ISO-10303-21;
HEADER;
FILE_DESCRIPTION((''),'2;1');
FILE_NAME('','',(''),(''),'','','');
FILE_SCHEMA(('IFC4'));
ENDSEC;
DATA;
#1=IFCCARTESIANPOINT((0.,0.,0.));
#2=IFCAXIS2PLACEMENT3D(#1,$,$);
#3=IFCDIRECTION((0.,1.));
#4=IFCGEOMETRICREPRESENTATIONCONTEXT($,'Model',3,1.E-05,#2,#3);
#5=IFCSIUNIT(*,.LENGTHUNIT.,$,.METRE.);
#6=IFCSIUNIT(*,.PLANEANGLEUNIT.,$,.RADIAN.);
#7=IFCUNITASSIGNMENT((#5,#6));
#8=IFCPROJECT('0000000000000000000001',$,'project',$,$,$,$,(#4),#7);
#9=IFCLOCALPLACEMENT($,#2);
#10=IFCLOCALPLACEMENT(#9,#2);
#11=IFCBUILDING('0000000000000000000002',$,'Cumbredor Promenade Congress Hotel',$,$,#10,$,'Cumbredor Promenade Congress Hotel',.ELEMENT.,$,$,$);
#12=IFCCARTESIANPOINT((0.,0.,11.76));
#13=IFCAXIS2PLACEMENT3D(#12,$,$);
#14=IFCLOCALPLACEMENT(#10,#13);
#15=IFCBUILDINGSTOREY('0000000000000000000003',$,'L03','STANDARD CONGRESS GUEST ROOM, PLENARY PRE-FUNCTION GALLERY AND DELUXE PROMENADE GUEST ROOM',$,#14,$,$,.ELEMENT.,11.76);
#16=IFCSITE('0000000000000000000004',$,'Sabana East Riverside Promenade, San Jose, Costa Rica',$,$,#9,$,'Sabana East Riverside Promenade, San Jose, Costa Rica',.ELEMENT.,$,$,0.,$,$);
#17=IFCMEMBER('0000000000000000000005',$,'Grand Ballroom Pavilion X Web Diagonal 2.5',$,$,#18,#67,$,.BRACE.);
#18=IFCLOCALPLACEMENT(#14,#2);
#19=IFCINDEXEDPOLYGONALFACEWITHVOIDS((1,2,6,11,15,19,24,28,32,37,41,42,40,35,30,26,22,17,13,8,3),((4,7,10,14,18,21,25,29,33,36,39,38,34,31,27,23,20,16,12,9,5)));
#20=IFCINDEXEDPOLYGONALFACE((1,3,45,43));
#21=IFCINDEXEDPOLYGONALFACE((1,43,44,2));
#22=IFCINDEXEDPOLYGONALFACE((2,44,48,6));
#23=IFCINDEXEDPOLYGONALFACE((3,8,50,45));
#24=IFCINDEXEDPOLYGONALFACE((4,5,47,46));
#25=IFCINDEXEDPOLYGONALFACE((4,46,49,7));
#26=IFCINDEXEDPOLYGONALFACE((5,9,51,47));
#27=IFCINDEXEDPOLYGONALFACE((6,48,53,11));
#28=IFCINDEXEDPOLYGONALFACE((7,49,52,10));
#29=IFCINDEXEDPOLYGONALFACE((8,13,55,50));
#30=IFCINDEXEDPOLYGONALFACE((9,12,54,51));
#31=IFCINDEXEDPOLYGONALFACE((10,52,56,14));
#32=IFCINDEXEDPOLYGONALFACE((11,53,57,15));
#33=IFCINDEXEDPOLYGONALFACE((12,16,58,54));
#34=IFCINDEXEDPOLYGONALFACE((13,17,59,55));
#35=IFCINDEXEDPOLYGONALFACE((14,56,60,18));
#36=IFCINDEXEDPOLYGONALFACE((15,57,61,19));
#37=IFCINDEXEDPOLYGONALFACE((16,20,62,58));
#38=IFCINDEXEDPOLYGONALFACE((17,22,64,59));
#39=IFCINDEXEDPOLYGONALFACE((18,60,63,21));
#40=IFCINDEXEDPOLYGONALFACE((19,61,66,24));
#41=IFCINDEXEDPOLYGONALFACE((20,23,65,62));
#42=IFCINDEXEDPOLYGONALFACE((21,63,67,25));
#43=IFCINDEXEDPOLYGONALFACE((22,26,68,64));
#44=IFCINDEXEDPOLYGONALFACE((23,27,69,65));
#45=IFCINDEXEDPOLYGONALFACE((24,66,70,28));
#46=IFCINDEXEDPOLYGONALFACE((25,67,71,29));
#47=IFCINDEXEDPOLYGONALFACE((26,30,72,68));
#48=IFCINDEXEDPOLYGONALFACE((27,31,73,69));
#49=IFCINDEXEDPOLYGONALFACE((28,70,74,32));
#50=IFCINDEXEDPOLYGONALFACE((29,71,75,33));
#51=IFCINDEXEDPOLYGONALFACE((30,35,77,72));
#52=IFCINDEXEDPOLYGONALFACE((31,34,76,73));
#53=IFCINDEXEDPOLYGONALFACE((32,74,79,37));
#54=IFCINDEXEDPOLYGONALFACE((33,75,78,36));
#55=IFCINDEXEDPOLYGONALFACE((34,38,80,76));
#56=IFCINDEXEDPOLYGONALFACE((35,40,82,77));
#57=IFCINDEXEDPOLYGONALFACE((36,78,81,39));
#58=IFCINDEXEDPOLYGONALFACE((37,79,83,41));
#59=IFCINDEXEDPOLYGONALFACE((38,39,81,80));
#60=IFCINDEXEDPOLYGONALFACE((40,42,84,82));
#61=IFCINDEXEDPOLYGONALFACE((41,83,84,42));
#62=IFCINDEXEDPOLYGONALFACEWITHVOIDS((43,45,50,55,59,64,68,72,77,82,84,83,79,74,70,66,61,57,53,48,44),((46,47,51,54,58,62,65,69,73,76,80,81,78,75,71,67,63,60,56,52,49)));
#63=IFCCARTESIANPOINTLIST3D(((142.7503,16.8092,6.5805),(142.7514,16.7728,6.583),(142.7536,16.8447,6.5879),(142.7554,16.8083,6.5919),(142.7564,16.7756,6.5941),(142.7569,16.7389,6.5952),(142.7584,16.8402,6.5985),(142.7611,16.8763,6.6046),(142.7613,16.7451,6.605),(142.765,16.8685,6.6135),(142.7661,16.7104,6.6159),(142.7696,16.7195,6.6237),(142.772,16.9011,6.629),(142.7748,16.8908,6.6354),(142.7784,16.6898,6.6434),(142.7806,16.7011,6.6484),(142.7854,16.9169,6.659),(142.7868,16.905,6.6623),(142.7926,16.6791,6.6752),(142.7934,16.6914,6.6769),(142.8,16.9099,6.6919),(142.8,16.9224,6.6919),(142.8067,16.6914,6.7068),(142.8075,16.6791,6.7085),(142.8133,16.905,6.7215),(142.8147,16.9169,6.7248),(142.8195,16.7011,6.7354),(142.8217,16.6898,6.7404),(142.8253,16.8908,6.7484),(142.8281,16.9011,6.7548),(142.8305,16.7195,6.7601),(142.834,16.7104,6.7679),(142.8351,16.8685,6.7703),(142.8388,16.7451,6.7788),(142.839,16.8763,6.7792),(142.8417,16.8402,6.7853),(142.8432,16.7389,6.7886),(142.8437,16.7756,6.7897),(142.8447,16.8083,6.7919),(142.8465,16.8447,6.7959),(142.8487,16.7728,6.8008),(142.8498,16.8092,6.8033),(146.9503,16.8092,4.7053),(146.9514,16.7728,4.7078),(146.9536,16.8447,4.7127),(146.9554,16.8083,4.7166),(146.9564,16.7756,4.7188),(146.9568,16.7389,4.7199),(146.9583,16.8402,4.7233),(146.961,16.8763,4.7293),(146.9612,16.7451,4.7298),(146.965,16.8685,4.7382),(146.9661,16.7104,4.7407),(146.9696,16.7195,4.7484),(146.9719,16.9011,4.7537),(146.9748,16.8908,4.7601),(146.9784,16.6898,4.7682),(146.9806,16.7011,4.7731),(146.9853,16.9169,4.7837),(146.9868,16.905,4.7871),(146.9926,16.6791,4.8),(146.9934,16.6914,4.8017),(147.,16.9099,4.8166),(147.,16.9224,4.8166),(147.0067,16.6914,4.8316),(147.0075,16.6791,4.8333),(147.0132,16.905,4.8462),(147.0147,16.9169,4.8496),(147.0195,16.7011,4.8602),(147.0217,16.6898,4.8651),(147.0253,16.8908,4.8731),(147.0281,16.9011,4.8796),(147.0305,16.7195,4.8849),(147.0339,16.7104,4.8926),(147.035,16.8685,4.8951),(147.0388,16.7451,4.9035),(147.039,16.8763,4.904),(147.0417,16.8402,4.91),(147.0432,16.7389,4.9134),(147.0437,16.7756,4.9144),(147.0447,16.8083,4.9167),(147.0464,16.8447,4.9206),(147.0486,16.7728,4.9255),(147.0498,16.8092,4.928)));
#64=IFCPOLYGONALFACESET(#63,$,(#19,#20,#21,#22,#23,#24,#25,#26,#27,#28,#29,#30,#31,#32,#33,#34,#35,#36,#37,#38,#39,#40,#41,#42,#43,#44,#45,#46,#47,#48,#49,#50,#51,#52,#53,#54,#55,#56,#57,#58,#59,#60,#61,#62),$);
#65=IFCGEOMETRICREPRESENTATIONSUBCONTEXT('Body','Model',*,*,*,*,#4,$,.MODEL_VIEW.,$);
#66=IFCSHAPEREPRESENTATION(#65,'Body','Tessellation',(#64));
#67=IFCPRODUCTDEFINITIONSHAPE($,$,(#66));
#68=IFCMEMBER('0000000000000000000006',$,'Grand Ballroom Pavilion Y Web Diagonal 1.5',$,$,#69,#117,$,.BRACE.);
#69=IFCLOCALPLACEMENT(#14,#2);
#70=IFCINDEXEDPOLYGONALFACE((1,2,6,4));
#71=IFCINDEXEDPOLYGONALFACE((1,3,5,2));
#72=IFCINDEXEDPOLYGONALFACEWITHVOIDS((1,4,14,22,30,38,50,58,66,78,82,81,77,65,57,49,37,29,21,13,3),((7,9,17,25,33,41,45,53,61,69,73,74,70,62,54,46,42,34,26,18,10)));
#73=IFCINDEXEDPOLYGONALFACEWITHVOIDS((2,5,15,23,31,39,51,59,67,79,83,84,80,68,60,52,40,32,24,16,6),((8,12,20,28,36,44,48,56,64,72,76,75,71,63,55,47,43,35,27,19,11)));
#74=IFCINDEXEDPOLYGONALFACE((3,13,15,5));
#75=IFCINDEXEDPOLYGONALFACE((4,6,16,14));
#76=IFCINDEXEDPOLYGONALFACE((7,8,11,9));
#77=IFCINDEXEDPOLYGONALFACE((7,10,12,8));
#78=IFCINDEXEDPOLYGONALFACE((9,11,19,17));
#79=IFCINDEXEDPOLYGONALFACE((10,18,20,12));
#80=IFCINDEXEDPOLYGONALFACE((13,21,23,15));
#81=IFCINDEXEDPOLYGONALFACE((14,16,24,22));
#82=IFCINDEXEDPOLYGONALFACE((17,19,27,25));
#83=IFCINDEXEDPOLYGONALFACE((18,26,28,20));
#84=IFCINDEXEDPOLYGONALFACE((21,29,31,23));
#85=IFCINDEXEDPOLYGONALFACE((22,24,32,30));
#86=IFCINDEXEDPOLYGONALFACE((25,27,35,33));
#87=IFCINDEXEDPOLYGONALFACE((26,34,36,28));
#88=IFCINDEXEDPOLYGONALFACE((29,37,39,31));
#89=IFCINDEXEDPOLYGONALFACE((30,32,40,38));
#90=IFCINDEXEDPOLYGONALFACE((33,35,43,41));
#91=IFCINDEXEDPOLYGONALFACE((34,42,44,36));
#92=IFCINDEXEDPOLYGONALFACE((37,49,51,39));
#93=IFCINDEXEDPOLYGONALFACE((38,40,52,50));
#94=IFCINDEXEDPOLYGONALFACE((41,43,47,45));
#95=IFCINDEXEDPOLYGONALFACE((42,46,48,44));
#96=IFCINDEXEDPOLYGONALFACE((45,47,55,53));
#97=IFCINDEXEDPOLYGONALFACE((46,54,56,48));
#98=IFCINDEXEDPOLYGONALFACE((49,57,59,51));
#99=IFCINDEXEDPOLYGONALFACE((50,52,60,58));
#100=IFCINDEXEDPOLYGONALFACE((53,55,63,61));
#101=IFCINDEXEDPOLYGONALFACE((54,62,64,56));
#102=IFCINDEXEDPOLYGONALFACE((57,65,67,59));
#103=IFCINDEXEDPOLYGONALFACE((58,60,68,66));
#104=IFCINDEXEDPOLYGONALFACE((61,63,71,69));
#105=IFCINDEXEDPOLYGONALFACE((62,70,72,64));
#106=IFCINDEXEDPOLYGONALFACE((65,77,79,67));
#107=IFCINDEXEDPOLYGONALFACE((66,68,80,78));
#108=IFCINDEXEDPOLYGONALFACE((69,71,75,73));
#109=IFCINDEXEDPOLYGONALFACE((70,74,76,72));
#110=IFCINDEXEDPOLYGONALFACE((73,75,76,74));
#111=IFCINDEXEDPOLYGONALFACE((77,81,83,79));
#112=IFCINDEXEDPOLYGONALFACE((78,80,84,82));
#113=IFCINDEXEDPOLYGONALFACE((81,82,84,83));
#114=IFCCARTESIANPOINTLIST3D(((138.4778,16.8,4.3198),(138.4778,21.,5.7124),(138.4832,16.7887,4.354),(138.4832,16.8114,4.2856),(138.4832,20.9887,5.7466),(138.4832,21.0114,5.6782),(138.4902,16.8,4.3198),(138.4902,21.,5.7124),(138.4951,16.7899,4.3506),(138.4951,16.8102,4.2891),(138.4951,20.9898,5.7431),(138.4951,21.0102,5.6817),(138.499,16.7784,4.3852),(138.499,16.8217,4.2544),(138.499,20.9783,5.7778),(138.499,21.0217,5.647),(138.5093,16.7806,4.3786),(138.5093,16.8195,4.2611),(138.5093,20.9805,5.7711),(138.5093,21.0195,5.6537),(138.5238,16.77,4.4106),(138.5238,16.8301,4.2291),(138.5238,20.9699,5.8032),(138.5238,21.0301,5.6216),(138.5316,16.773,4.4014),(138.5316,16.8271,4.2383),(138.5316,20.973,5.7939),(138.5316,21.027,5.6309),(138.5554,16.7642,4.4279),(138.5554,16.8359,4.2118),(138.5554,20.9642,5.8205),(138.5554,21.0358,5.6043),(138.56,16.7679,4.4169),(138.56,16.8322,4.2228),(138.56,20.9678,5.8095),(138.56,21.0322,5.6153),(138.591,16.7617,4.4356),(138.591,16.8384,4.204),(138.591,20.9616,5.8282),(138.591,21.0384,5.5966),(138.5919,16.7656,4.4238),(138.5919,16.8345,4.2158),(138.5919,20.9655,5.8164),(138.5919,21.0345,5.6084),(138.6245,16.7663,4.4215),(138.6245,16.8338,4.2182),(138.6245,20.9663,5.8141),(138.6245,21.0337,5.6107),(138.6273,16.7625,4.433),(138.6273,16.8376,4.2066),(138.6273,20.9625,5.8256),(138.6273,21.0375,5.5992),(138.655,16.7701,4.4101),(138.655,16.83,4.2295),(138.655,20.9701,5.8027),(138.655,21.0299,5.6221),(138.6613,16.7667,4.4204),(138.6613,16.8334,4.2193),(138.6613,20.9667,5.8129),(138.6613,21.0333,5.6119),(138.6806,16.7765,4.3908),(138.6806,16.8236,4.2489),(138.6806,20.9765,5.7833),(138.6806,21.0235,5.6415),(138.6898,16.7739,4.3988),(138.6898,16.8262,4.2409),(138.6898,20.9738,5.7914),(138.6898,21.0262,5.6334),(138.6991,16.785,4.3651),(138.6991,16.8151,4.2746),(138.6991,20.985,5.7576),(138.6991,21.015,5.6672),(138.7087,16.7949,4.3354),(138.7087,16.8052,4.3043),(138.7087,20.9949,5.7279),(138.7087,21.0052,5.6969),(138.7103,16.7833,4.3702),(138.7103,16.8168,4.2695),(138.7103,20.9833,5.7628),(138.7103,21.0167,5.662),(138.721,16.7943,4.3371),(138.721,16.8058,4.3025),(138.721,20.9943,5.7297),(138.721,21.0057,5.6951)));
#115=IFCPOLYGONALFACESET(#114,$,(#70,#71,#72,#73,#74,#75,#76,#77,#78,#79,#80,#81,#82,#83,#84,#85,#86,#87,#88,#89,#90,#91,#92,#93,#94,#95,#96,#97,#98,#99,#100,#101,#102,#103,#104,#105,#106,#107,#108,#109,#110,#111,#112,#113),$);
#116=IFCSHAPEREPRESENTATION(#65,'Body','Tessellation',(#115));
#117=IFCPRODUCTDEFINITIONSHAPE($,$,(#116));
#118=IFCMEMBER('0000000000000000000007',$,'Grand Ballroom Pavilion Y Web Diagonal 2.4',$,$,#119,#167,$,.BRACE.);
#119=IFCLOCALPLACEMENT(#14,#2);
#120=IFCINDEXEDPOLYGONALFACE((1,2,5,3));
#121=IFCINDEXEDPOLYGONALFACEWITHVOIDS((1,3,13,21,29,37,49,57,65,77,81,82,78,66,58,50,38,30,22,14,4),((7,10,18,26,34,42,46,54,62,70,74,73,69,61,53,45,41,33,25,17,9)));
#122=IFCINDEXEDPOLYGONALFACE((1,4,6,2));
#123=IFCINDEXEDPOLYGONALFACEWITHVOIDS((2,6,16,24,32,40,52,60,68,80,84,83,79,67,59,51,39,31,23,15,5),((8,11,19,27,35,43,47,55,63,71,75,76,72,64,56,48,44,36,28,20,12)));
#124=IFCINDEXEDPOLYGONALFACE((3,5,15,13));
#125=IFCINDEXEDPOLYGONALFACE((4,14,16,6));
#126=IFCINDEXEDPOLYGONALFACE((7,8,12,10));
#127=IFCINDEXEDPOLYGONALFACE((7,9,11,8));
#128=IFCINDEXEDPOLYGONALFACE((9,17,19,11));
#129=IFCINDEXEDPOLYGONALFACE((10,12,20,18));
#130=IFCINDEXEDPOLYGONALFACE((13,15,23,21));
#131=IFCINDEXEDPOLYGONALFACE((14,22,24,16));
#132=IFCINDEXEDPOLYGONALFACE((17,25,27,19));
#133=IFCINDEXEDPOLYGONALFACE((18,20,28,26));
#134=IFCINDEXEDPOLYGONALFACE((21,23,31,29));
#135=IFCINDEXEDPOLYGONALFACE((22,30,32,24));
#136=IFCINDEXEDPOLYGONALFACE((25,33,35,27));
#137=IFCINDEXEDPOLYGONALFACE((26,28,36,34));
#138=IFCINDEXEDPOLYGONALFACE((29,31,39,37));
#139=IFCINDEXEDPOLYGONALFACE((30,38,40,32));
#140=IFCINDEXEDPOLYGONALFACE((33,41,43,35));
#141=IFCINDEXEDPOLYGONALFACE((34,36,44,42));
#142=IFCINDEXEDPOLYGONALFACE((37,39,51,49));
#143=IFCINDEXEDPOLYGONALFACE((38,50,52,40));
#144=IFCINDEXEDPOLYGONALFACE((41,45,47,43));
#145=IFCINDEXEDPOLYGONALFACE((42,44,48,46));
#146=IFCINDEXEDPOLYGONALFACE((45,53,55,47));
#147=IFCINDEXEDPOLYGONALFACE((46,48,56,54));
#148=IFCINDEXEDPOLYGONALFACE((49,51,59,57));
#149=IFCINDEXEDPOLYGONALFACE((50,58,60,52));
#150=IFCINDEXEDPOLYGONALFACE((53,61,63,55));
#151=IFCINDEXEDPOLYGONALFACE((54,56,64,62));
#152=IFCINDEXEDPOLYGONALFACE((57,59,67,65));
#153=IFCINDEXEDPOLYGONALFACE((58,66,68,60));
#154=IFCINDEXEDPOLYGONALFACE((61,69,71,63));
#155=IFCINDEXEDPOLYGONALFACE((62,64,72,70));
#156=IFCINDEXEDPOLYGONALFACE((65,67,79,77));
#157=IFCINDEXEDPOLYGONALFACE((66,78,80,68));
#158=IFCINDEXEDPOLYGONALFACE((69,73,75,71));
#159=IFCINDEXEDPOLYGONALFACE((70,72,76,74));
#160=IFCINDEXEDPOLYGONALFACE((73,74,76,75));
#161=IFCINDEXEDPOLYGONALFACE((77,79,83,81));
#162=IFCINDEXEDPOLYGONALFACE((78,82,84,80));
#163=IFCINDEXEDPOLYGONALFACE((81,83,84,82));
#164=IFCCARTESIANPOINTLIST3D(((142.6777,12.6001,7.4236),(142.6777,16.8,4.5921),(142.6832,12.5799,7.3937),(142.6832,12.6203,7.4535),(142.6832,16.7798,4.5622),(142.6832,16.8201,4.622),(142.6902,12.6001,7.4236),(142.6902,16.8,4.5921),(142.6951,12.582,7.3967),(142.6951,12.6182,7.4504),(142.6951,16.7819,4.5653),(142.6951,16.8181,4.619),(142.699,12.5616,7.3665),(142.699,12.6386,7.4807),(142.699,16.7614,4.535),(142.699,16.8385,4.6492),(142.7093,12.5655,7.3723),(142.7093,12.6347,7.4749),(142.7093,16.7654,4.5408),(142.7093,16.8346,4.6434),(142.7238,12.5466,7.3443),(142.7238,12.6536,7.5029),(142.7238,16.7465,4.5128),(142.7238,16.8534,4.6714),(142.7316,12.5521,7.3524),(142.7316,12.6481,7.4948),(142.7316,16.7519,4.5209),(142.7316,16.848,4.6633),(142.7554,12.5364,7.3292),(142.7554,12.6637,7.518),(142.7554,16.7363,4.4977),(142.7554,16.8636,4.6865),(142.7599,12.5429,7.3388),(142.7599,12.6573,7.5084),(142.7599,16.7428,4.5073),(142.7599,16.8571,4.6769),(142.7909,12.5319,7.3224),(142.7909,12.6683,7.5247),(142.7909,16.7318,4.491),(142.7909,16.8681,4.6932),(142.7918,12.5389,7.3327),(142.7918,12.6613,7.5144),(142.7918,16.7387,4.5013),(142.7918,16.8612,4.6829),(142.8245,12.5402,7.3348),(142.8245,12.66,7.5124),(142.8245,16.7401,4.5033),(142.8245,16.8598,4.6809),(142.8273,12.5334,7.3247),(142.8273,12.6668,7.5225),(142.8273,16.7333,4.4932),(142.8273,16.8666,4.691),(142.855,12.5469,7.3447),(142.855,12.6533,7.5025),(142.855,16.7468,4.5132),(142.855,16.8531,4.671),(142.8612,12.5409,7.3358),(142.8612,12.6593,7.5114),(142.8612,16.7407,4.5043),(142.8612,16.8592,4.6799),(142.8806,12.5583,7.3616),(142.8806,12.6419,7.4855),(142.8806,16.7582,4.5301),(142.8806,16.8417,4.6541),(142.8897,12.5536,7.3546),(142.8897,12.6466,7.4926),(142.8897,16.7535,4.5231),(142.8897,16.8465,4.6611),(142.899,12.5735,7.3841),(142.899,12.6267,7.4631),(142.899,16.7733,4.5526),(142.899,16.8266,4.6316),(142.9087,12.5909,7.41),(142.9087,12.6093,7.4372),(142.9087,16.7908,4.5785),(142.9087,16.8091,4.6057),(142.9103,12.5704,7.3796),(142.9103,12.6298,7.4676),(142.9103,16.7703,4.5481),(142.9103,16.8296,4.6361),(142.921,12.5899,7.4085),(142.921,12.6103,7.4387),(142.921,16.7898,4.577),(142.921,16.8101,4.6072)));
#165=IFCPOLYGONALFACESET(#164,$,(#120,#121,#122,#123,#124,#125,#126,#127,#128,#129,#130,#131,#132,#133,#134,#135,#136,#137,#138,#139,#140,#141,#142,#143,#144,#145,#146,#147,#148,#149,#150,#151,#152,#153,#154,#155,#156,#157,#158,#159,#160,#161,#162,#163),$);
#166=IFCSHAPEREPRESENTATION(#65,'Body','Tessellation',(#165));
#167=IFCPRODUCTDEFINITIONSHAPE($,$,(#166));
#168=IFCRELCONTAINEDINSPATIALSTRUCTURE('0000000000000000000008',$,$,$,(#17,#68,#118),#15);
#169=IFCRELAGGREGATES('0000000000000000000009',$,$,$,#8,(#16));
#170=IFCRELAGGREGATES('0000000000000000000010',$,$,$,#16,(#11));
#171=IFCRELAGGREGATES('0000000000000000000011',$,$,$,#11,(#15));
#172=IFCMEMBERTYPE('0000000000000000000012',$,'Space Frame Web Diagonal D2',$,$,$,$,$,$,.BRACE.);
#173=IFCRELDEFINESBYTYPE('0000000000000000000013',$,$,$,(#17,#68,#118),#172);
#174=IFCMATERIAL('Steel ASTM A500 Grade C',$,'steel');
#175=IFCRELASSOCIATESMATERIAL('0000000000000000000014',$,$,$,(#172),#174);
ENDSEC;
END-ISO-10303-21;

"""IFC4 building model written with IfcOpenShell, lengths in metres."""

from ifc_helpers import new_model, si_unit, direction, frame, origin, origin_2d, place, context, subcontext, project, spatial, hollow_circle, extrude, material, material_profile, profile_set, type_object, element, save


model = new_model("IFC4")

# Units and contexts
model_context = context("Model", 3, precision=1e-05, world=origin(), true_north=direction((0.0, 1.0)))
body_context = subcontext(model_context, "Body", "Model", "MODEL_VIEW")
ifc_project = project(units=[si_unit("LENGTHUNIT", "METRE"), si_unit("PLANEANGLEUNIT", "RADIAN")], contexts=[model_context])

# Site, building, storey
site_placement = place(None, origin())
site = spatial("IfcSite", under=ifc_project, at=site_placement, Name="Sabana East Riverside Promenade, San Jose, Costa Rica", LongName="Sabana East Riverside Promenade, San Jose, Costa Rica", CompositionType="ELEMENT", RefElevation=0.0)
building_placement = place(site_placement, origin())
building = spatial("IfcBuilding", under=site, at=building_placement, Name="Cumbredor Promenade Congress Hotel", LongName="Cumbredor Promenade Congress Hotel", CompositionType="ELEMENT")
storey_placement = place(building_placement, frame((0.0, 0.0, 11.76)))
storey = spatial("IfcBuildingStorey", under=building, at=storey_placement, Name="L03", Description="STANDARD CONGRESS GUEST ROOM, PLENARY PRE-FUNCTION GALLERY AND DELUXE PROMENADE GUEST ROOM", CompositionType="ELEMENT", Elevation=11.76)

# Shared definitions
ifc_material_1 = material(Name="Steel ASTM A500 Grade C", Category="steel")

# Members
ifc_material_profile_1 = material_profile(ifc_material_1, hollow_circle(Radius=0.1223, WallThickness=0.0125, at=origin_2d()), Name="CHS 244.5x12.5")
ifc_profile_set_1 = profile_set([ifc_material_profile_1], Name="Steel ASTM A500 Grade C")
member_type_1 = type_object("IfcMemberType", Name="Space Frame Web Diagonal D2", PredefinedType="BRACE", material=ifc_profile_set_1)
member_1_placement = place(storey_placement, frame((142.8, 16.8, 6.6919), z_axis=(0.913116, 0.0, -0.407699), x_axis=(0.0, 1.0, 0.0)))
element("IfcMember", 1, at=member_1_placement, inside=storey, type_object=member_type_1, Name="Grand Ballroom Pavilion X Web Diagonal 2.5", PredefinedType="BRACE", context=body_context, shape_type="SweptSolid", body=[
    extrude(hollow_circle(Radius=0.1223, WallThickness=0.0125, at=origin_2d()), origin(), (0.0, 0.0, 1.0), 4.5996),
])
member_2_placement = place(storey_placement, frame((138.6001, 16.8, 4.3198), z_axis=(0.0, 0.949184, 0.314721), x_axis=(-1.0, 0.0, 0.0)))
element("IfcMember", 2, at=member_2_placement, inside=storey, type_object=member_type_1, Name="Grand Ballroom Pavilion Y Web Diagonal 1.5", PredefinedType="BRACE", context=body_context, shape_type="SweptSolid", body=[
    extrude(hollow_circle(Radius=0.1223, WallThickness=0.0125, at=origin_2d()), origin(), (0.0, 0.0, 1.0), 4.4248),
])
member_3_placement = place(storey_placement, frame((142.8, 12.6001, 7.4236), z_axis=(0.0, 0.829162, -0.559008), x_axis=(-1.0, 0.0, 0.0)))
element("IfcMember", 3, at=member_3_placement, inside=storey, type_object=member_type_1, Name="Grand Ballroom Pavilion Y Web Diagonal 2.4", PredefinedType="BRACE", context=body_context, shape_type="SweptSolid", body=[
    extrude(hollow_circle(Radius=0.1223, WallThickness=0.0125, at=origin_2d()), origin(), (0.0, 0.0, 1.0), 5.0652),
])

save(model, "model.ifc")
